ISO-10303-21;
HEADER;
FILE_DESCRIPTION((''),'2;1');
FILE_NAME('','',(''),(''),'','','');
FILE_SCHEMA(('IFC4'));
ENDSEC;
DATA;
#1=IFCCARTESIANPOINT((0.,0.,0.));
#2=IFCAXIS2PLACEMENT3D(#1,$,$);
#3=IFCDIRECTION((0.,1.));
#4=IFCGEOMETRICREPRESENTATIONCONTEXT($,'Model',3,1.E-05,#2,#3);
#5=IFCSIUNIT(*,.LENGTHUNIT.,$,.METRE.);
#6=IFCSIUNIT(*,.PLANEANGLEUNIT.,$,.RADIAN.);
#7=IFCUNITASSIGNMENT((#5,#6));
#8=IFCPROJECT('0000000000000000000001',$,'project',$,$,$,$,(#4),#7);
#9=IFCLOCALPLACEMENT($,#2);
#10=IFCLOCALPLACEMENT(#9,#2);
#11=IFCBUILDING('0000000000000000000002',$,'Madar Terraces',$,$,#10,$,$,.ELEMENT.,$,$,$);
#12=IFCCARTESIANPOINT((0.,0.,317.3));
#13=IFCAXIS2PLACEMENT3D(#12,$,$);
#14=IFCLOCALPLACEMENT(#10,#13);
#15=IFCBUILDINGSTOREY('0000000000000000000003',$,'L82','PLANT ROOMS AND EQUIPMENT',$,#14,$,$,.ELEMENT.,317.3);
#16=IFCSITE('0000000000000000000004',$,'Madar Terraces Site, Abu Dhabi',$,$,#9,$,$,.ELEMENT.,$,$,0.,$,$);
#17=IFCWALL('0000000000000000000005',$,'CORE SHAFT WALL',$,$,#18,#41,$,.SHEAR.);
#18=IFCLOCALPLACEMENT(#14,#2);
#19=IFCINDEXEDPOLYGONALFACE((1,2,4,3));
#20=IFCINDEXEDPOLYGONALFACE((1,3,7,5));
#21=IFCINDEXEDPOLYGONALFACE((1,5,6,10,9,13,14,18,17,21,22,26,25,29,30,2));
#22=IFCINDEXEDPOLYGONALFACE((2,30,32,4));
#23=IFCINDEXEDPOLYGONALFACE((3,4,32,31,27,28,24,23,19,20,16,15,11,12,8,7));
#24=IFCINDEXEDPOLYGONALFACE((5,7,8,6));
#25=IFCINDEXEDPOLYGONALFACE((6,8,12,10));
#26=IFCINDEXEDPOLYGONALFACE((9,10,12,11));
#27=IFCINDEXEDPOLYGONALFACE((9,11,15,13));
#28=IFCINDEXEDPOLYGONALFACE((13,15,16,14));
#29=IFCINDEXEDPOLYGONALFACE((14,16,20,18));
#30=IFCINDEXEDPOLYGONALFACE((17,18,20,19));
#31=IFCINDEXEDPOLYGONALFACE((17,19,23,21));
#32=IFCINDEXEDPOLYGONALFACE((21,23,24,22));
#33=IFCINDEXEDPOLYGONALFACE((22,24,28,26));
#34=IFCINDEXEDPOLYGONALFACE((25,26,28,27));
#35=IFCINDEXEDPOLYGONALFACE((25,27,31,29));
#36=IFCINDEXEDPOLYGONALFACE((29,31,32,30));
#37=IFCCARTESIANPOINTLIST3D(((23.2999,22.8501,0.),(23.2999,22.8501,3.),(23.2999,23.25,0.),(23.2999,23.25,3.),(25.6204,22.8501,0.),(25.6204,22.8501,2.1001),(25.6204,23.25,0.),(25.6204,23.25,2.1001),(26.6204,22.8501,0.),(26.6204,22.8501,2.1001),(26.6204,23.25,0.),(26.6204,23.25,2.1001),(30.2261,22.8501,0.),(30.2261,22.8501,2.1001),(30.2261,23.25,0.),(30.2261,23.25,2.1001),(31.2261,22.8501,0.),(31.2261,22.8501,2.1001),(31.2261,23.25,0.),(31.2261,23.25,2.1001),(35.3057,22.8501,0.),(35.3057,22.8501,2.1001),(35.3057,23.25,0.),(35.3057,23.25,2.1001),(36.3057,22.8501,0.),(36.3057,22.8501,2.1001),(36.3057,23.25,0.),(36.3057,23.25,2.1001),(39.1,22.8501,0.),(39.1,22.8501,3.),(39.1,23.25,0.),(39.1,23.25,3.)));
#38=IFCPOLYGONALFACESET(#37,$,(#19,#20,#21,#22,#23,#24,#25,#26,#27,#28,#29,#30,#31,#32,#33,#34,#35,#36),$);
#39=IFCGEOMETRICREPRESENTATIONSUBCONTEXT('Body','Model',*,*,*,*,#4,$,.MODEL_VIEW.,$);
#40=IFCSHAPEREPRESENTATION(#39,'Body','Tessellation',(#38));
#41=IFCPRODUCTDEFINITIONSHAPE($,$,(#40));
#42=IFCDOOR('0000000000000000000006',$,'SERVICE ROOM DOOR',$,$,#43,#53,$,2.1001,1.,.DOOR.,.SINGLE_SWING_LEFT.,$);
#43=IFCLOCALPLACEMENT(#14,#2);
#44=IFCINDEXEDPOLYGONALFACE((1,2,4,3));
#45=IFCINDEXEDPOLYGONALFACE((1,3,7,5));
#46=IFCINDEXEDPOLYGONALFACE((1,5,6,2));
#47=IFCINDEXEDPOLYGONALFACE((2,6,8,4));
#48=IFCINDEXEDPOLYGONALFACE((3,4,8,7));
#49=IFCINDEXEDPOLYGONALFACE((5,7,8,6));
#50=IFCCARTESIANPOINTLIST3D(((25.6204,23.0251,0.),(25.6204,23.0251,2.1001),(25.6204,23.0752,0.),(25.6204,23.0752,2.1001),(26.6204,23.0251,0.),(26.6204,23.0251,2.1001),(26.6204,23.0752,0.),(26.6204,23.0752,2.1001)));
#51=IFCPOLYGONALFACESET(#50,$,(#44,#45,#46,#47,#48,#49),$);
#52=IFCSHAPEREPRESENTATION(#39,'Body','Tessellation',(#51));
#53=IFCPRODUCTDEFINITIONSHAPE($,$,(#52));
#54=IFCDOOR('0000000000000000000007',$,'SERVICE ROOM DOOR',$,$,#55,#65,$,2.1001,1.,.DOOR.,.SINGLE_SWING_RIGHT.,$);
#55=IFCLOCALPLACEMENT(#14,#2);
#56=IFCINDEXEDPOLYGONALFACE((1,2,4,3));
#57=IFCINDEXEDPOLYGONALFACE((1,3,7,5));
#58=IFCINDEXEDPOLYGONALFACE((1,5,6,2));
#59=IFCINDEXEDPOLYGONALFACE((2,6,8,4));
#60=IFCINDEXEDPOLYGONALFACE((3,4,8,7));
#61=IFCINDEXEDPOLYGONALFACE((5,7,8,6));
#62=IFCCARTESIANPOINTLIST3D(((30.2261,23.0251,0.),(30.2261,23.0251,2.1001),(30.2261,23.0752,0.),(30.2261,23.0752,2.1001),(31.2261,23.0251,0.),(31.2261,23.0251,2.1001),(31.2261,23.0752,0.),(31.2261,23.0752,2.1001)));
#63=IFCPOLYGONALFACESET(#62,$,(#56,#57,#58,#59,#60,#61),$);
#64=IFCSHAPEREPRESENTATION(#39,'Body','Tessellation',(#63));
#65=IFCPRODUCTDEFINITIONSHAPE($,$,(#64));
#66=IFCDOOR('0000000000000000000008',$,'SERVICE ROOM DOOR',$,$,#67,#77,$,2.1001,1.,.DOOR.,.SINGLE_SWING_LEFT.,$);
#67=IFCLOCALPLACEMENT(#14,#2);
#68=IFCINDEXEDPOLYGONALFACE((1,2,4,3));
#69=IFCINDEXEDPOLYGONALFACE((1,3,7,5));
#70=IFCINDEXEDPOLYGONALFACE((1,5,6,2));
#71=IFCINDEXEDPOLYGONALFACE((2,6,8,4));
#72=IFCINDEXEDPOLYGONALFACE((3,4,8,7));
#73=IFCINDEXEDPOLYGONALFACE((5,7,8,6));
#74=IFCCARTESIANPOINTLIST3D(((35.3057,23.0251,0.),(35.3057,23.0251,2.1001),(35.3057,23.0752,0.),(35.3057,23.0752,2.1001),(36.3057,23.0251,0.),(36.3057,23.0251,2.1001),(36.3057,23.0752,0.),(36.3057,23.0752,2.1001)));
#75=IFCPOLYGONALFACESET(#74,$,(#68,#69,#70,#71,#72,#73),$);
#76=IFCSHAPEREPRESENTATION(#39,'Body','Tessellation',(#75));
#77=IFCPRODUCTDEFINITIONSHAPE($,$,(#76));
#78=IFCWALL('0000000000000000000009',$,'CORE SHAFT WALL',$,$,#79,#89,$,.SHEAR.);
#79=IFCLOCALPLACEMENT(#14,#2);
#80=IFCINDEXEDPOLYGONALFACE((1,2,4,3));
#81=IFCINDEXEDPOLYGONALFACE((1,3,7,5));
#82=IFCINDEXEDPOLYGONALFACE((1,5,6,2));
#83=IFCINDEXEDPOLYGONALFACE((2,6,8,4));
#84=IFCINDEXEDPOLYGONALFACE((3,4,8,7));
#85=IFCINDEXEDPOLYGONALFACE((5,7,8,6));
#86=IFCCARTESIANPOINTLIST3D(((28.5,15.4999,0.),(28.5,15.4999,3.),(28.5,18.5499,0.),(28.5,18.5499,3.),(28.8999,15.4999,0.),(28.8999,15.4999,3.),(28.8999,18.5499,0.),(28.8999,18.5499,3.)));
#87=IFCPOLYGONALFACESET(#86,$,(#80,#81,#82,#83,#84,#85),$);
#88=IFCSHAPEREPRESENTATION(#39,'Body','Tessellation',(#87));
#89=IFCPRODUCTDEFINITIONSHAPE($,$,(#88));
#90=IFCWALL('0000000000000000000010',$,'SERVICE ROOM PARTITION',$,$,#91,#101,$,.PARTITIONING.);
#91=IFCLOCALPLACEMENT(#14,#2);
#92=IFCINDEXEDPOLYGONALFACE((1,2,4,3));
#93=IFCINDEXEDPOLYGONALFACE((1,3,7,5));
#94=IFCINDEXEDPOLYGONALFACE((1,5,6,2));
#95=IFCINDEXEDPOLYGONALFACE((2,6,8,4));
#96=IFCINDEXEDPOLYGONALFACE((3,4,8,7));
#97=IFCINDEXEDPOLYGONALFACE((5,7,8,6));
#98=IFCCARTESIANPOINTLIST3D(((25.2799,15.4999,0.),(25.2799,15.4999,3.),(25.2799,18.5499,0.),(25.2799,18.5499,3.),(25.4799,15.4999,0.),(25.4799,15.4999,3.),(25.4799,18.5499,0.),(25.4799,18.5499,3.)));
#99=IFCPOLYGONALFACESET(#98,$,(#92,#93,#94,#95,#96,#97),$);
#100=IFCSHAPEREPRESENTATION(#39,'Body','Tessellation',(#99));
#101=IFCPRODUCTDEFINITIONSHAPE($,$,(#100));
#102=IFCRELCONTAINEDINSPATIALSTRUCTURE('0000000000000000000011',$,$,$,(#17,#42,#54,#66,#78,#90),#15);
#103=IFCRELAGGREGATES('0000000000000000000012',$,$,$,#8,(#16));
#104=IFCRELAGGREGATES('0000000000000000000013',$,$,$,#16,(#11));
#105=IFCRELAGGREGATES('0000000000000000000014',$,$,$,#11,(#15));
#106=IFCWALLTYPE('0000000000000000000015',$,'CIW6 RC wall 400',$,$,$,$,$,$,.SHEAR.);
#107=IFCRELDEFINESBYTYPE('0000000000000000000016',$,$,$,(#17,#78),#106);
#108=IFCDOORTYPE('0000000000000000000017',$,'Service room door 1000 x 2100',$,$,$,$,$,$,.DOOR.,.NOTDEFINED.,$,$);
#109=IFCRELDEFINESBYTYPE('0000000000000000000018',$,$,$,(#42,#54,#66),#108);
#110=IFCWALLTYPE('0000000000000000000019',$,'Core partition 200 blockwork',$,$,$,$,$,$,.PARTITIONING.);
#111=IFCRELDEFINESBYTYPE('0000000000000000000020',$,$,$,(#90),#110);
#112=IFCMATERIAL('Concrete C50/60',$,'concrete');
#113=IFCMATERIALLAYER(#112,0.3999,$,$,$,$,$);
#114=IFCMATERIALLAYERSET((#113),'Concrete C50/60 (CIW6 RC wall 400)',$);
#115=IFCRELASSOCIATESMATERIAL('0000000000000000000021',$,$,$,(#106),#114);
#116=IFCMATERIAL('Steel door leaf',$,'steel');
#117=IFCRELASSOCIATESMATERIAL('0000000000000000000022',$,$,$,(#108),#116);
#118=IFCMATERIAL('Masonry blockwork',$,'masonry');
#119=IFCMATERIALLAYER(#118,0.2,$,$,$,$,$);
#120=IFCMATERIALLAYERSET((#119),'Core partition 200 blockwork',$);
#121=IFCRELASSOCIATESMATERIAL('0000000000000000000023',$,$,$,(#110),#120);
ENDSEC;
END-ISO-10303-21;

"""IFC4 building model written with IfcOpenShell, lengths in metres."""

from ifc_helpers import new_model, si_unit, direction, frame, frame_2d, origin, place, context, subcontext, project, spatial, rectangle, extrude, material, layer, layer_set, type_object, element, fill, save


model = new_model("IFC4")

# Units and contexts
model_context = context("Model", 3, precision=1e-05, world=origin(), true_north=direction((0.0, 1.0)))
body_context = subcontext(model_context, "Body", "Model", "MODEL_VIEW")
ifc_project = project(units=[si_unit("LENGTHUNIT", "METRE"), si_unit("PLANEANGLEUNIT", "RADIAN")], contexts=[model_context])

# Site, building, storey
site_placement = place(None, origin())
site = spatial("IfcSite", under=ifc_project, at=site_placement, Name="Madar Terraces Site, Abu Dhabi", CompositionType="ELEMENT", RefElevation=0.0)
building_placement = place(site_placement, origin())
building = spatial("IfcBuilding", under=site, at=building_placement, Name="Madar Terraces", CompositionType="ELEMENT")
storey_placement = place(building_placement, frame((0.0, 0.0, 317.3)))
storey = spatial("IfcBuildingStorey", under=building, at=storey_placement, Name="L82", Description="PLANT ROOMS AND EQUIPMENT", CompositionType="ELEMENT", Elevation=317.3)

# Shared definitions
ifc_material_1 = material(Name="Concrete C50/60", Category="concrete")
ifc_layer_1 = layer(ifc_material_1, 0.3999)
ifc_layer_set_1 = layer_set([ifc_layer_1], Name="Concrete C50/60 (CIW6 RC wall 400)")
wall_type_1 = type_object("IfcWallType", Name="CIW6 RC wall 400", PredefinedType="SHEAR", material=ifc_layer_set_1)

# Wall, openings, doors
ifc_material_2 = material(Name="Steel door leaf", Category="steel")
door_type_1 = type_object("IfcDoorType", Name="Service room door 1000 x 2100", OperationType="NOTDEFINED", PredefinedType="DOOR", material=ifc_material_2)
wall_1_placement = place(storey_placement, frame((23.3, 23.05, 0.0), z_axis=(0.0, 0.0, 1.0), x_axis=(1.0, 0.0, 0.0)))
wall_1 = element("IfcWall", 1, at=wall_1_placement, inside=storey, type_object=wall_type_1, Name="CORE SHAFT WALL", PredefinedType="SHEAR", context=body_context, shape_type="SweptSolid", body=[
    extrude(rectangle(XDim=15.8, YDim=0.3999, at=frame_2d((7.8999, 0.0))), origin(), (0.0, 0.0, 1.0), 3.0),
])
opening_1_placement = place(wall_1_placement, frame((2.3203, 0.0, 0.0)))
opening_1 = element("IfcOpeningElement", 2, at=opening_1_placement, cuts=wall_1, PredefinedType="OPENING", context=body_context, shape_type="SweptSolid", body=[
    extrude(rectangle(XDim=1.0, YDim=2.1001, at=frame_2d((0.5, 1.05))), frame((0.0, 0.21, 0.0), z_axis=(0.0, -1.0, 0.0), x_axis=(1.0, 0.0, 0.0)), (0.0, 0.0, 1.0), 0.4199),
])
opening_2_placement = place(wall_1_placement, frame((6.926, 0.0, 0.0)))
opening_2 = element("IfcOpeningElement", 3, at=opening_2_placement, cuts=wall_1, PredefinedType="OPENING", context=body_context, shape_type="SweptSolid", body=[
    extrude(rectangle(XDim=1.0, YDim=2.1001, at=frame_2d((0.5, 1.05))), frame((0.0, 0.21, 0.0), z_axis=(0.0, -1.0, 0.0), x_axis=(1.0, 0.0, 0.0)), (0.0, 0.0, 1.0), 0.4199),
])
opening_3_placement = place(wall_1_placement, frame((12.0056, 0.0, 0.0)))
opening_3 = element("IfcOpeningElement", 4, at=opening_3_placement, cuts=wall_1, PredefinedType="OPENING", context=body_context, shape_type="SweptSolid", body=[
    extrude(rectangle(XDim=1.0, YDim=2.1001, at=frame_2d((0.5, 1.05))), frame((0.0, 0.21, 0.0), z_axis=(0.0, -1.0, 0.0), x_axis=(1.0, 0.0, 0.0)), (0.0, 0.0, 1.0), 0.4199),
])
door_1_placement = place(opening_1_placement, frame((1.0, 0.0, 0.0), z_axis=(0.0, 0.0, 1.0), x_axis=(-1.0, 0.0, 0.0)))
door_1 = element("IfcDoor", 5, at=door_1_placement, inside=storey, type_object=door_type_1, Name="SERVICE ROOM DOOR", OperationType="SINGLE_SWING_LEFT", OverallHeight=2.1001, OverallWidth=1.0, PredefinedType="DOOR", context=body_context, shape_type="SweptSolid", body=[
    extrude(rectangle(XDim=1.0, YDim=2.1001, at=frame_2d((0.5, 1.05))), frame((0.0, 0.0249, 0.0), z_axis=(0.0, -1.0, 0.0), x_axis=(1.0, 0.0, 0.0)), (0.0, 0.0, 1.0), 0.05),
])
fill(opening_1, door_1)
door_2_placement = place(opening_2_placement, frame((1.0, 0.0, 0.0), z_axis=(0.0, 0.0, 1.0), x_axis=(-1.0, 0.0, 0.0)))
door_2 = element("IfcDoor", 6, at=door_2_placement, inside=storey, type_object=door_type_1, Name="SERVICE ROOM DOOR", OperationType="SINGLE_SWING_RIGHT", OverallHeight=2.1001, OverallWidth=1.0, PredefinedType="DOOR", context=body_context, shape_type="SweptSolid", body=[
    extrude(rectangle(XDim=1.0, YDim=2.1001, at=frame_2d((0.5, 1.05))), frame((0.0, 0.0249, 0.0), z_axis=(0.0, -1.0, 0.0), x_axis=(1.0, 0.0, 0.0)), (0.0, 0.0, 1.0), 0.05),
])
fill(opening_2, door_2)
door_3_placement = place(opening_3_placement, frame((1.0, 0.0, 0.0), z_axis=(0.0, 0.0, 1.0), x_axis=(-1.0, 0.0, 0.0)))
door_3 = element("IfcDoor", 7, at=door_3_placement, inside=storey, type_object=door_type_1, Name="SERVICE ROOM DOOR", OperationType="SINGLE_SWING_LEFT", OverallHeight=2.1001, OverallWidth=1.0, PredefinedType="DOOR", context=body_context, shape_type="SweptSolid", body=[
    extrude(rectangle(XDim=1.0, YDim=2.1001, at=frame_2d((0.5, 1.05))), frame((0.0, 0.0249, 0.0), z_axis=(0.0, -1.0, 0.0), x_axis=(1.0, 0.0, 0.0)), (0.0, 0.0, 1.0), 0.05),
])
fill(opening_3, door_3)

# Walls
wall_2_placement = place(storey_placement, frame((28.7, 15.5, 0.0), z_axis=(0.0, 0.0, 1.0), x_axis=(0.0, 1.0, 0.0)))
element("IfcWall", 8, at=wall_2_placement, inside=storey, type_object=wall_type_1, Name="CORE SHAFT WALL", PredefinedType="SHEAR", context=body_context, shape_type="SweptSolid", body=[
    extrude(rectangle(XDim=3.05, YDim=0.3999, at=frame_2d((1.5249, 0.0))), origin(), (0.0, 0.0, 1.0), 3.0),
])
ifc_material_3 = material(Name="Masonry blockwork", Category="masonry")
ifc_layer_2 = layer(ifc_material_3, 0.2)
ifc_layer_set_2 = layer_set([ifc_layer_2], Name="Core partition 200 blockwork")
wall_type_2 = type_object("IfcWallType", Name="Core partition 200 blockwork", PredefinedType="PARTITIONING", material=ifc_layer_set_2)
wall_3_placement = place(storey_placement, frame((25.3799, 15.5, 0.0), z_axis=(0.0, 0.0, 1.0), x_axis=(0.0, 1.0, 0.0)))
element("IfcWall", 9, at=wall_3_placement, inside=storey, type_object=wall_type_2, Name="SERVICE ROOM PARTITION", PredefinedType="PARTITIONING", context=body_context, shape_type="SweptSolid", body=[
    extrude(rectangle(XDim=3.05, YDim=0.2, at=frame_2d((1.5249, 0.0))), origin(), (0.0, 0.0, 1.0), 3.0),
])

save(model, "model.ifc")
